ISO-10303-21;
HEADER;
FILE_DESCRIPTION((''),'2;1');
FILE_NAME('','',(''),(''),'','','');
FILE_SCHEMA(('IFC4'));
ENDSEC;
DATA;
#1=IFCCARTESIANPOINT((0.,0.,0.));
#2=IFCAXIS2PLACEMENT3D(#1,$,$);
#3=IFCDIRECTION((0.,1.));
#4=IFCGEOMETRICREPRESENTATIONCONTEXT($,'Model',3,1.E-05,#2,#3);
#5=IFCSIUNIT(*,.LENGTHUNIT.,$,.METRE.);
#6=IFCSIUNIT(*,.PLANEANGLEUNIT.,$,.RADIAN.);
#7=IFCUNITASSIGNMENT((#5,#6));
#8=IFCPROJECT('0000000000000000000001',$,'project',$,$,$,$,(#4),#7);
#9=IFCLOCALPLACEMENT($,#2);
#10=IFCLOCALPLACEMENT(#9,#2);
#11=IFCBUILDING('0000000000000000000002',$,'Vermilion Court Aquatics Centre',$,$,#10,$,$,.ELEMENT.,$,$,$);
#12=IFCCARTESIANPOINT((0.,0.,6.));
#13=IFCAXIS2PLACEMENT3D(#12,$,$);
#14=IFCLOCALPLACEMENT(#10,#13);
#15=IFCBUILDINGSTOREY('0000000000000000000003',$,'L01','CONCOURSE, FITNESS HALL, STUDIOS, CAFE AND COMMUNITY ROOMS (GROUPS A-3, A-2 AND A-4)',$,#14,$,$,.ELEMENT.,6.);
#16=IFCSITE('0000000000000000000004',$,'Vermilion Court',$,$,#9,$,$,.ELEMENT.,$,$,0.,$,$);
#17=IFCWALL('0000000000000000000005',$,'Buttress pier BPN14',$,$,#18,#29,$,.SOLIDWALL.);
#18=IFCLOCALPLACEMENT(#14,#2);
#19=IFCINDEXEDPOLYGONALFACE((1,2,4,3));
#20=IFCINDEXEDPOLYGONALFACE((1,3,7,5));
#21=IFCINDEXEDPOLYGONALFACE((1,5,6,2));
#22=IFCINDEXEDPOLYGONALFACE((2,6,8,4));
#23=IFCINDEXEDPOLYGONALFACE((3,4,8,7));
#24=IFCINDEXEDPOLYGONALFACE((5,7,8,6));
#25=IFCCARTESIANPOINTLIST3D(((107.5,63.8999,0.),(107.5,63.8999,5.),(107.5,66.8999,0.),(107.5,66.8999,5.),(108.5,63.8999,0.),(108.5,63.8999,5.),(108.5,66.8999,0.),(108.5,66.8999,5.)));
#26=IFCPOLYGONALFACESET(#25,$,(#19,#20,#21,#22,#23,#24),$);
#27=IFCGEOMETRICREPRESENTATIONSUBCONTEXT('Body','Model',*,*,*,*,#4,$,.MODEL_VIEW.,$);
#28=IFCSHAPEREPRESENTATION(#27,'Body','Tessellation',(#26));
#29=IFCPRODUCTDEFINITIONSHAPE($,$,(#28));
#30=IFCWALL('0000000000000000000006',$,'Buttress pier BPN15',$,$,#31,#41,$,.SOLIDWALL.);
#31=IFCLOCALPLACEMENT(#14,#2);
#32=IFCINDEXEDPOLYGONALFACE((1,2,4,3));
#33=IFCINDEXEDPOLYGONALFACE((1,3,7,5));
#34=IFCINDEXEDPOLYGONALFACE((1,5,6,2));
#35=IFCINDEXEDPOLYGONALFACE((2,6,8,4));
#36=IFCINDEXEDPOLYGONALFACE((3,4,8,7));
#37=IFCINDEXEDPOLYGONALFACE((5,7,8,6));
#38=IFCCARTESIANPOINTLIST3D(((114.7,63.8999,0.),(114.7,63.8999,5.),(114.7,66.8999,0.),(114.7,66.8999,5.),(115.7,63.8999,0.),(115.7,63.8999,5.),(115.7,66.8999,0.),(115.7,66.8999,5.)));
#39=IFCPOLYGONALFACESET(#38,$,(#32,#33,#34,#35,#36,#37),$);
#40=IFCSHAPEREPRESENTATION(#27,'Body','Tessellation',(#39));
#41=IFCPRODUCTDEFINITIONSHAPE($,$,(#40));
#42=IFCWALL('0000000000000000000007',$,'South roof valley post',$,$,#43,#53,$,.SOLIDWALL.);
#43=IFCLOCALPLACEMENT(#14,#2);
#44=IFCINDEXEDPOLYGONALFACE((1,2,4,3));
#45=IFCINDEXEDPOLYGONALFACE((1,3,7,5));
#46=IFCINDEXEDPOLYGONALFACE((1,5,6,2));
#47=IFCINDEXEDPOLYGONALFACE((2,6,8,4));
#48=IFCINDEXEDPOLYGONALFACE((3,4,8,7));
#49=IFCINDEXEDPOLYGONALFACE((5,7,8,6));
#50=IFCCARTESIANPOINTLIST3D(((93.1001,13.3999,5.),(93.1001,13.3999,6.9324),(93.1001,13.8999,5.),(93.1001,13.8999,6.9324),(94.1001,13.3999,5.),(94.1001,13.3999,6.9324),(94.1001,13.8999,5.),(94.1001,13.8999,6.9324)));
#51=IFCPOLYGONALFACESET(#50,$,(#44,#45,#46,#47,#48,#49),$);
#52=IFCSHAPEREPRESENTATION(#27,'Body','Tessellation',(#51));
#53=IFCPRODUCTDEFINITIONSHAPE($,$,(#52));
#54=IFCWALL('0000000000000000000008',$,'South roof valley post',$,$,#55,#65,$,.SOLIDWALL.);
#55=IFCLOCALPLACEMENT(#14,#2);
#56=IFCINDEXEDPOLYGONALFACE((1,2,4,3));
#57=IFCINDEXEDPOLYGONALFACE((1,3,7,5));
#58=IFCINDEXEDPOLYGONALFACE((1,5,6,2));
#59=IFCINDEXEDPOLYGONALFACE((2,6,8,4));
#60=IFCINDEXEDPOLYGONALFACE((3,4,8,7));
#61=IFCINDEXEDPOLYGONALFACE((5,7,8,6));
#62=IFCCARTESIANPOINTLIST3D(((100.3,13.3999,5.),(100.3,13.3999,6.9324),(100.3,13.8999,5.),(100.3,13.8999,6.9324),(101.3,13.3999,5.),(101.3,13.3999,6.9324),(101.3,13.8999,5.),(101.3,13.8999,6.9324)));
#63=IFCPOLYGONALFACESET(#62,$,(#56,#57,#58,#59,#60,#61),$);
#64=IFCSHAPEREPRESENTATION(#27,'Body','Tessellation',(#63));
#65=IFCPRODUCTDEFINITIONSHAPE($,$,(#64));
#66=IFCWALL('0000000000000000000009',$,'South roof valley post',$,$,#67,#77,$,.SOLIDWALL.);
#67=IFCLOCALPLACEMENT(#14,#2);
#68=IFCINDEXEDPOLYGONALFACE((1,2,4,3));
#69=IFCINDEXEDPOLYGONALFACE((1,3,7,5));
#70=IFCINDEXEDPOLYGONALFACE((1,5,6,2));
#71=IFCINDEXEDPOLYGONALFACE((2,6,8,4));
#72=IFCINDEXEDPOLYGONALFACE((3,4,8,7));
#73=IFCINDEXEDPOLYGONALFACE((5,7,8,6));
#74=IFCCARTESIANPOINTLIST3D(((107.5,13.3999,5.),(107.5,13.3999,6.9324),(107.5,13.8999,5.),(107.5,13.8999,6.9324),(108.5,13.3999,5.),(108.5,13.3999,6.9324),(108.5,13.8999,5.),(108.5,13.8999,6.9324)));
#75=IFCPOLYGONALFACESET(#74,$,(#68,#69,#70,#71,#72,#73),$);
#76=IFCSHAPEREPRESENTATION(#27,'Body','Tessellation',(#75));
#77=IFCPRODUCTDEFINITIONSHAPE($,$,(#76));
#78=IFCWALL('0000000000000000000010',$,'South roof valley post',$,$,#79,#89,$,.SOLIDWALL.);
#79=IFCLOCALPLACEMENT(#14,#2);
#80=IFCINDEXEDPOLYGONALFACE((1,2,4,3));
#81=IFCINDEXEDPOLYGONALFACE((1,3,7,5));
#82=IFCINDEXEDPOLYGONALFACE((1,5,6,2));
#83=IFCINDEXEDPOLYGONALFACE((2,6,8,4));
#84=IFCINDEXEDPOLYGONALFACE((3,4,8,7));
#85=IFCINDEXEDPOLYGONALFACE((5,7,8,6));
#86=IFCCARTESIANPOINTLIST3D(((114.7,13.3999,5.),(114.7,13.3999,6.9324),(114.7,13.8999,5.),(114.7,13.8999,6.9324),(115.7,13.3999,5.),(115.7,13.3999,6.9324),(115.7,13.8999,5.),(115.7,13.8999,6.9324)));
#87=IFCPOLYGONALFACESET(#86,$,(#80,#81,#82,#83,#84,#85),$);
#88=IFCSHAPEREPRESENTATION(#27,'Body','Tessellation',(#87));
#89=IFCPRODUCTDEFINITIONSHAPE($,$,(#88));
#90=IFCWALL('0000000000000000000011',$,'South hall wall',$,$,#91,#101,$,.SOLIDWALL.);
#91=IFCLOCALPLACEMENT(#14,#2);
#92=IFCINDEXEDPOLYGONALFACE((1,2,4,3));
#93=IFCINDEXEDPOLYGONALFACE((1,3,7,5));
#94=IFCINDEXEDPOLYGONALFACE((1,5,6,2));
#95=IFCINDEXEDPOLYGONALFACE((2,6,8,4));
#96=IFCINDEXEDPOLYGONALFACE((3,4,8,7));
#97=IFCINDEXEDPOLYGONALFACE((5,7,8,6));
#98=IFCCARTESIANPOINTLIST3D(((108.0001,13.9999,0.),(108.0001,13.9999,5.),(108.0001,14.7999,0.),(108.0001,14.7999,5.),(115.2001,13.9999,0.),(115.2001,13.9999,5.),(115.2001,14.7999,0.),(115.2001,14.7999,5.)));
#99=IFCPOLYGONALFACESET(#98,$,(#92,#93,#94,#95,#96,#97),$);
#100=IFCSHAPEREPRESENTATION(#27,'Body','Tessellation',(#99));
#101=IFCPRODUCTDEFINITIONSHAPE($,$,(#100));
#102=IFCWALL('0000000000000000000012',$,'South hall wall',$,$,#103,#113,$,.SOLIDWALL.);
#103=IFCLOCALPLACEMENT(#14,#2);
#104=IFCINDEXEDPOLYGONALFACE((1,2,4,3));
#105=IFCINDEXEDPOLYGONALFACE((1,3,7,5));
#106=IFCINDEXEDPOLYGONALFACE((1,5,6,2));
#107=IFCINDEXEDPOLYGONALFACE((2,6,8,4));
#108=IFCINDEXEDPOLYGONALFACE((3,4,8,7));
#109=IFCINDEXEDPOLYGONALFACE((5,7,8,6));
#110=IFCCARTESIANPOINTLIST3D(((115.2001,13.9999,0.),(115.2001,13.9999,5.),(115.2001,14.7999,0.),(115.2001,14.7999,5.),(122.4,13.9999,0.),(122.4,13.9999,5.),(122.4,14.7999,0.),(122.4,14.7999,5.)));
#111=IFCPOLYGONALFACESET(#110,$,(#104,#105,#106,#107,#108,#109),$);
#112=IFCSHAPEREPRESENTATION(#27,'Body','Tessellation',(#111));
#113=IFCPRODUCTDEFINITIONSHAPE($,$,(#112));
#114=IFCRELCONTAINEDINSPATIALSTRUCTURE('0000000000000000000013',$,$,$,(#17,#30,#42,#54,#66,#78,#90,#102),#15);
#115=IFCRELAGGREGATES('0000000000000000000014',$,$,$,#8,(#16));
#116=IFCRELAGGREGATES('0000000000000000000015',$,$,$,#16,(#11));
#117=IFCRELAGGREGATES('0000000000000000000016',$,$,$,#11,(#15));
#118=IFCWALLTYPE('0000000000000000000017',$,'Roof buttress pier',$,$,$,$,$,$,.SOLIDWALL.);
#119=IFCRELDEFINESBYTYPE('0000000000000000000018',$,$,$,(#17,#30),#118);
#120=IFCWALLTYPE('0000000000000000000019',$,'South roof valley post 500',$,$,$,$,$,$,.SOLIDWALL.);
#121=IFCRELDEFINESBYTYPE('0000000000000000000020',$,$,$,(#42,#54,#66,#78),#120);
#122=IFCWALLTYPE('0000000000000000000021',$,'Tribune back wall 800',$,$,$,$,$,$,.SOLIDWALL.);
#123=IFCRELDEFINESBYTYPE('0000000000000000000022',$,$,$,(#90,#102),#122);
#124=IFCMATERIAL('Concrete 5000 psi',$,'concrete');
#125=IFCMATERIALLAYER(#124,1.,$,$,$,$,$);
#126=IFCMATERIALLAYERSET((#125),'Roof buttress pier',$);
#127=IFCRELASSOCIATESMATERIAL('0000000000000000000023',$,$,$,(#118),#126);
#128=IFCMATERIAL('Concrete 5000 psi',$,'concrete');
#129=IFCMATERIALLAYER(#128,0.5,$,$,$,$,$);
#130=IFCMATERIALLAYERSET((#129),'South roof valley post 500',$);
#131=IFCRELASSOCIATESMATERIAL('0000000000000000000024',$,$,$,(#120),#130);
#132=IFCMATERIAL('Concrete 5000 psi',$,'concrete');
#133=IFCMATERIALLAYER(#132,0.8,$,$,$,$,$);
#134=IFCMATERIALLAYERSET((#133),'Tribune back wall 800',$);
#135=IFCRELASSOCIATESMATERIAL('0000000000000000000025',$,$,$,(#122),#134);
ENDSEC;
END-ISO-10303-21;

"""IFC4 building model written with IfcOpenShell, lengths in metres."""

from ifc_helpers import new_model, si_unit, direction, frame, frame_2d, origin, place, context, subcontext, project, spatial, rectangle, extrude, material, layer, layer_set, type_object, element, save


model = new_model("IFC4")

# Units and contexts
model_context = context("Model", 3, precision=1e-05, world=origin(), true_north=direction((0.0, 1.0)))
body_context = subcontext(model_context, "Body", "Model", "MODEL_VIEW")
ifc_project = project(units=[si_unit("LENGTHUNIT", "METRE"), si_unit("PLANEANGLEUNIT", "RADIAN")], contexts=[model_context])

# Site, building, storey
site_placement = place(None, origin())
site = spatial("IfcSite", under=ifc_project, at=site_placement, Name="Vermilion Court", CompositionType="ELEMENT", RefElevation=0.0)
building_placement = place(site_placement, origin())
building = spatial("IfcBuilding", under=site, at=building_placement, Name="Vermilion Court Aquatics Centre", CompositionType="ELEMENT")
storey_placement = place(building_placement, frame((0.0, 0.0, 6.0)))
storey = spatial("IfcBuildingStorey", under=building, at=storey_placement, Name="L01", Description="CONCOURSE, FITNESS HALL, STUDIOS, CAFE AND COMMUNITY ROOMS (GROUPS A-3, A-2 AND A-4)", CompositionType="ELEMENT", Elevation=6.0)

# Walls
ifc_material_1 = material(Name="Concrete 5000 psi", Category="concrete")
ifc_layer_1 = layer(ifc_material_1, 1.0)
ifc_layer_set_1 = layer_set([ifc_layer_1], Name="Roof buttress pier")
wall_type_1 = type_object("IfcWallType", Name="Roof buttress pier", PredefinedType="SOLIDWALL", material=ifc_layer_set_1)
for number, where, z_axis, x_axis, name in (
    (1, (108.0, 63.8999, 0.0), (0.0, 0.0, 1.0), (0.0, 1.0, 0.0), "Buttress pier BPN14"),
    (2, (115.2, 63.8999, 0.0), (0.0, 0.0, 1.0), (0.0, 1.0, 0.0), "Buttress pier BPN15"),
):
    element("IfcWall", number, at=place(storey_placement, frame(where, z_axis=z_axis, x_axis=x_axis)), inside=storey, type_object=wall_type_1, Name=name, PredefinedType="SOLIDWALL", context=body_context, shape_type="SweptSolid", body=[
        extrude(rectangle(XDim=3.0, YDim=1.0, at=frame_2d((1.5, 0.0))), origin(), (0.0, 0.0, 1.0), 5.0),
    ])
ifc_material_2 = material(Name="Concrete 5000 psi", Category="concrete")
ifc_layer_2 = layer(ifc_material_2, 0.5)
ifc_layer_set_2 = layer_set([ifc_layer_2], Name="South roof valley post 500")
wall_type_2 = type_object("IfcWallType", Name="South roof valley post 500", PredefinedType="SOLIDWALL", material=ifc_layer_set_2)
for number, where, z_axis, x_axis, name in (
    (3, (93.1001, 13.6499, 5.0), (0.0, 0.0, 1.0), (1.0, 0.0, 0.0), "South roof valley post"),
    (4, (100.3, 13.6499, 5.0), (0.0, 0.0, 1.0), (1.0, 0.0, 0.0), "South roof valley post"),
    (5, (107.5, 13.6499, 5.0), (0.0, 0.0, 1.0), (1.0, 0.0, 0.0), "South roof valley post"),
    (6, (114.7, 13.6499, 5.0), (0.0, 0.0, 1.0), (1.0, 0.0, 0.0), "South roof valley post"),
):
    element("IfcWall", number, at=place(storey_placement, frame(where, z_axis=z_axis, x_axis=x_axis)), inside=storey, type_object=wall_type_2, Name=name, PredefinedType="SOLIDWALL", context=body_context, shape_type="SweptSolid", body=[
        extrude(rectangle(XDim=1.0, YDim=0.5, at=frame_2d((0.5, 0.0))), origin(), (0.0, 0.0, 1.0), 1.9324),
    ])

# Shared definitions
ifc_material_3 = material(Name="Concrete 5000 psi", Category="concrete")
ifc_layer_3 = layer(ifc_material_3, 0.8)
ifc_layer_set_3 = layer_set([ifc_layer_3], Name="Tribune back wall 800")
wall_type_3 = type_object("IfcWallType", Name="Tribune back wall 800", PredefinedType="SOLIDWALL", material=ifc_layer_set_3)

# Walls
for number, where, z_axis, x_axis, name in (
    (7, (108.0, 14.3999, 0.0), (0.0, 0.0, 1.0), (1.0, 0.0, 0.0), "South hall wall"),
    (8, (115.2, 14.3999, 0.0), (0.0, 0.0, 1.0), (1.0, 0.0, 0.0), "South hall wall"),
):
    element("IfcWall", number, at=place(storey_placement, frame(where, z_axis=z_axis, x_axis=x_axis)), inside=storey, type_object=wall_type_3, Name=name, PredefinedType="SOLIDWALL", context=body_context, shape_type="SweptSolid", body=[
        extrude(rectangle(XDim=7.2, YDim=0.8, at=frame_2d((3.6001, 0.0))), origin(), (0.0, 0.0, 1.0), 5.0),
    ])

save(model, "model.ifc")
